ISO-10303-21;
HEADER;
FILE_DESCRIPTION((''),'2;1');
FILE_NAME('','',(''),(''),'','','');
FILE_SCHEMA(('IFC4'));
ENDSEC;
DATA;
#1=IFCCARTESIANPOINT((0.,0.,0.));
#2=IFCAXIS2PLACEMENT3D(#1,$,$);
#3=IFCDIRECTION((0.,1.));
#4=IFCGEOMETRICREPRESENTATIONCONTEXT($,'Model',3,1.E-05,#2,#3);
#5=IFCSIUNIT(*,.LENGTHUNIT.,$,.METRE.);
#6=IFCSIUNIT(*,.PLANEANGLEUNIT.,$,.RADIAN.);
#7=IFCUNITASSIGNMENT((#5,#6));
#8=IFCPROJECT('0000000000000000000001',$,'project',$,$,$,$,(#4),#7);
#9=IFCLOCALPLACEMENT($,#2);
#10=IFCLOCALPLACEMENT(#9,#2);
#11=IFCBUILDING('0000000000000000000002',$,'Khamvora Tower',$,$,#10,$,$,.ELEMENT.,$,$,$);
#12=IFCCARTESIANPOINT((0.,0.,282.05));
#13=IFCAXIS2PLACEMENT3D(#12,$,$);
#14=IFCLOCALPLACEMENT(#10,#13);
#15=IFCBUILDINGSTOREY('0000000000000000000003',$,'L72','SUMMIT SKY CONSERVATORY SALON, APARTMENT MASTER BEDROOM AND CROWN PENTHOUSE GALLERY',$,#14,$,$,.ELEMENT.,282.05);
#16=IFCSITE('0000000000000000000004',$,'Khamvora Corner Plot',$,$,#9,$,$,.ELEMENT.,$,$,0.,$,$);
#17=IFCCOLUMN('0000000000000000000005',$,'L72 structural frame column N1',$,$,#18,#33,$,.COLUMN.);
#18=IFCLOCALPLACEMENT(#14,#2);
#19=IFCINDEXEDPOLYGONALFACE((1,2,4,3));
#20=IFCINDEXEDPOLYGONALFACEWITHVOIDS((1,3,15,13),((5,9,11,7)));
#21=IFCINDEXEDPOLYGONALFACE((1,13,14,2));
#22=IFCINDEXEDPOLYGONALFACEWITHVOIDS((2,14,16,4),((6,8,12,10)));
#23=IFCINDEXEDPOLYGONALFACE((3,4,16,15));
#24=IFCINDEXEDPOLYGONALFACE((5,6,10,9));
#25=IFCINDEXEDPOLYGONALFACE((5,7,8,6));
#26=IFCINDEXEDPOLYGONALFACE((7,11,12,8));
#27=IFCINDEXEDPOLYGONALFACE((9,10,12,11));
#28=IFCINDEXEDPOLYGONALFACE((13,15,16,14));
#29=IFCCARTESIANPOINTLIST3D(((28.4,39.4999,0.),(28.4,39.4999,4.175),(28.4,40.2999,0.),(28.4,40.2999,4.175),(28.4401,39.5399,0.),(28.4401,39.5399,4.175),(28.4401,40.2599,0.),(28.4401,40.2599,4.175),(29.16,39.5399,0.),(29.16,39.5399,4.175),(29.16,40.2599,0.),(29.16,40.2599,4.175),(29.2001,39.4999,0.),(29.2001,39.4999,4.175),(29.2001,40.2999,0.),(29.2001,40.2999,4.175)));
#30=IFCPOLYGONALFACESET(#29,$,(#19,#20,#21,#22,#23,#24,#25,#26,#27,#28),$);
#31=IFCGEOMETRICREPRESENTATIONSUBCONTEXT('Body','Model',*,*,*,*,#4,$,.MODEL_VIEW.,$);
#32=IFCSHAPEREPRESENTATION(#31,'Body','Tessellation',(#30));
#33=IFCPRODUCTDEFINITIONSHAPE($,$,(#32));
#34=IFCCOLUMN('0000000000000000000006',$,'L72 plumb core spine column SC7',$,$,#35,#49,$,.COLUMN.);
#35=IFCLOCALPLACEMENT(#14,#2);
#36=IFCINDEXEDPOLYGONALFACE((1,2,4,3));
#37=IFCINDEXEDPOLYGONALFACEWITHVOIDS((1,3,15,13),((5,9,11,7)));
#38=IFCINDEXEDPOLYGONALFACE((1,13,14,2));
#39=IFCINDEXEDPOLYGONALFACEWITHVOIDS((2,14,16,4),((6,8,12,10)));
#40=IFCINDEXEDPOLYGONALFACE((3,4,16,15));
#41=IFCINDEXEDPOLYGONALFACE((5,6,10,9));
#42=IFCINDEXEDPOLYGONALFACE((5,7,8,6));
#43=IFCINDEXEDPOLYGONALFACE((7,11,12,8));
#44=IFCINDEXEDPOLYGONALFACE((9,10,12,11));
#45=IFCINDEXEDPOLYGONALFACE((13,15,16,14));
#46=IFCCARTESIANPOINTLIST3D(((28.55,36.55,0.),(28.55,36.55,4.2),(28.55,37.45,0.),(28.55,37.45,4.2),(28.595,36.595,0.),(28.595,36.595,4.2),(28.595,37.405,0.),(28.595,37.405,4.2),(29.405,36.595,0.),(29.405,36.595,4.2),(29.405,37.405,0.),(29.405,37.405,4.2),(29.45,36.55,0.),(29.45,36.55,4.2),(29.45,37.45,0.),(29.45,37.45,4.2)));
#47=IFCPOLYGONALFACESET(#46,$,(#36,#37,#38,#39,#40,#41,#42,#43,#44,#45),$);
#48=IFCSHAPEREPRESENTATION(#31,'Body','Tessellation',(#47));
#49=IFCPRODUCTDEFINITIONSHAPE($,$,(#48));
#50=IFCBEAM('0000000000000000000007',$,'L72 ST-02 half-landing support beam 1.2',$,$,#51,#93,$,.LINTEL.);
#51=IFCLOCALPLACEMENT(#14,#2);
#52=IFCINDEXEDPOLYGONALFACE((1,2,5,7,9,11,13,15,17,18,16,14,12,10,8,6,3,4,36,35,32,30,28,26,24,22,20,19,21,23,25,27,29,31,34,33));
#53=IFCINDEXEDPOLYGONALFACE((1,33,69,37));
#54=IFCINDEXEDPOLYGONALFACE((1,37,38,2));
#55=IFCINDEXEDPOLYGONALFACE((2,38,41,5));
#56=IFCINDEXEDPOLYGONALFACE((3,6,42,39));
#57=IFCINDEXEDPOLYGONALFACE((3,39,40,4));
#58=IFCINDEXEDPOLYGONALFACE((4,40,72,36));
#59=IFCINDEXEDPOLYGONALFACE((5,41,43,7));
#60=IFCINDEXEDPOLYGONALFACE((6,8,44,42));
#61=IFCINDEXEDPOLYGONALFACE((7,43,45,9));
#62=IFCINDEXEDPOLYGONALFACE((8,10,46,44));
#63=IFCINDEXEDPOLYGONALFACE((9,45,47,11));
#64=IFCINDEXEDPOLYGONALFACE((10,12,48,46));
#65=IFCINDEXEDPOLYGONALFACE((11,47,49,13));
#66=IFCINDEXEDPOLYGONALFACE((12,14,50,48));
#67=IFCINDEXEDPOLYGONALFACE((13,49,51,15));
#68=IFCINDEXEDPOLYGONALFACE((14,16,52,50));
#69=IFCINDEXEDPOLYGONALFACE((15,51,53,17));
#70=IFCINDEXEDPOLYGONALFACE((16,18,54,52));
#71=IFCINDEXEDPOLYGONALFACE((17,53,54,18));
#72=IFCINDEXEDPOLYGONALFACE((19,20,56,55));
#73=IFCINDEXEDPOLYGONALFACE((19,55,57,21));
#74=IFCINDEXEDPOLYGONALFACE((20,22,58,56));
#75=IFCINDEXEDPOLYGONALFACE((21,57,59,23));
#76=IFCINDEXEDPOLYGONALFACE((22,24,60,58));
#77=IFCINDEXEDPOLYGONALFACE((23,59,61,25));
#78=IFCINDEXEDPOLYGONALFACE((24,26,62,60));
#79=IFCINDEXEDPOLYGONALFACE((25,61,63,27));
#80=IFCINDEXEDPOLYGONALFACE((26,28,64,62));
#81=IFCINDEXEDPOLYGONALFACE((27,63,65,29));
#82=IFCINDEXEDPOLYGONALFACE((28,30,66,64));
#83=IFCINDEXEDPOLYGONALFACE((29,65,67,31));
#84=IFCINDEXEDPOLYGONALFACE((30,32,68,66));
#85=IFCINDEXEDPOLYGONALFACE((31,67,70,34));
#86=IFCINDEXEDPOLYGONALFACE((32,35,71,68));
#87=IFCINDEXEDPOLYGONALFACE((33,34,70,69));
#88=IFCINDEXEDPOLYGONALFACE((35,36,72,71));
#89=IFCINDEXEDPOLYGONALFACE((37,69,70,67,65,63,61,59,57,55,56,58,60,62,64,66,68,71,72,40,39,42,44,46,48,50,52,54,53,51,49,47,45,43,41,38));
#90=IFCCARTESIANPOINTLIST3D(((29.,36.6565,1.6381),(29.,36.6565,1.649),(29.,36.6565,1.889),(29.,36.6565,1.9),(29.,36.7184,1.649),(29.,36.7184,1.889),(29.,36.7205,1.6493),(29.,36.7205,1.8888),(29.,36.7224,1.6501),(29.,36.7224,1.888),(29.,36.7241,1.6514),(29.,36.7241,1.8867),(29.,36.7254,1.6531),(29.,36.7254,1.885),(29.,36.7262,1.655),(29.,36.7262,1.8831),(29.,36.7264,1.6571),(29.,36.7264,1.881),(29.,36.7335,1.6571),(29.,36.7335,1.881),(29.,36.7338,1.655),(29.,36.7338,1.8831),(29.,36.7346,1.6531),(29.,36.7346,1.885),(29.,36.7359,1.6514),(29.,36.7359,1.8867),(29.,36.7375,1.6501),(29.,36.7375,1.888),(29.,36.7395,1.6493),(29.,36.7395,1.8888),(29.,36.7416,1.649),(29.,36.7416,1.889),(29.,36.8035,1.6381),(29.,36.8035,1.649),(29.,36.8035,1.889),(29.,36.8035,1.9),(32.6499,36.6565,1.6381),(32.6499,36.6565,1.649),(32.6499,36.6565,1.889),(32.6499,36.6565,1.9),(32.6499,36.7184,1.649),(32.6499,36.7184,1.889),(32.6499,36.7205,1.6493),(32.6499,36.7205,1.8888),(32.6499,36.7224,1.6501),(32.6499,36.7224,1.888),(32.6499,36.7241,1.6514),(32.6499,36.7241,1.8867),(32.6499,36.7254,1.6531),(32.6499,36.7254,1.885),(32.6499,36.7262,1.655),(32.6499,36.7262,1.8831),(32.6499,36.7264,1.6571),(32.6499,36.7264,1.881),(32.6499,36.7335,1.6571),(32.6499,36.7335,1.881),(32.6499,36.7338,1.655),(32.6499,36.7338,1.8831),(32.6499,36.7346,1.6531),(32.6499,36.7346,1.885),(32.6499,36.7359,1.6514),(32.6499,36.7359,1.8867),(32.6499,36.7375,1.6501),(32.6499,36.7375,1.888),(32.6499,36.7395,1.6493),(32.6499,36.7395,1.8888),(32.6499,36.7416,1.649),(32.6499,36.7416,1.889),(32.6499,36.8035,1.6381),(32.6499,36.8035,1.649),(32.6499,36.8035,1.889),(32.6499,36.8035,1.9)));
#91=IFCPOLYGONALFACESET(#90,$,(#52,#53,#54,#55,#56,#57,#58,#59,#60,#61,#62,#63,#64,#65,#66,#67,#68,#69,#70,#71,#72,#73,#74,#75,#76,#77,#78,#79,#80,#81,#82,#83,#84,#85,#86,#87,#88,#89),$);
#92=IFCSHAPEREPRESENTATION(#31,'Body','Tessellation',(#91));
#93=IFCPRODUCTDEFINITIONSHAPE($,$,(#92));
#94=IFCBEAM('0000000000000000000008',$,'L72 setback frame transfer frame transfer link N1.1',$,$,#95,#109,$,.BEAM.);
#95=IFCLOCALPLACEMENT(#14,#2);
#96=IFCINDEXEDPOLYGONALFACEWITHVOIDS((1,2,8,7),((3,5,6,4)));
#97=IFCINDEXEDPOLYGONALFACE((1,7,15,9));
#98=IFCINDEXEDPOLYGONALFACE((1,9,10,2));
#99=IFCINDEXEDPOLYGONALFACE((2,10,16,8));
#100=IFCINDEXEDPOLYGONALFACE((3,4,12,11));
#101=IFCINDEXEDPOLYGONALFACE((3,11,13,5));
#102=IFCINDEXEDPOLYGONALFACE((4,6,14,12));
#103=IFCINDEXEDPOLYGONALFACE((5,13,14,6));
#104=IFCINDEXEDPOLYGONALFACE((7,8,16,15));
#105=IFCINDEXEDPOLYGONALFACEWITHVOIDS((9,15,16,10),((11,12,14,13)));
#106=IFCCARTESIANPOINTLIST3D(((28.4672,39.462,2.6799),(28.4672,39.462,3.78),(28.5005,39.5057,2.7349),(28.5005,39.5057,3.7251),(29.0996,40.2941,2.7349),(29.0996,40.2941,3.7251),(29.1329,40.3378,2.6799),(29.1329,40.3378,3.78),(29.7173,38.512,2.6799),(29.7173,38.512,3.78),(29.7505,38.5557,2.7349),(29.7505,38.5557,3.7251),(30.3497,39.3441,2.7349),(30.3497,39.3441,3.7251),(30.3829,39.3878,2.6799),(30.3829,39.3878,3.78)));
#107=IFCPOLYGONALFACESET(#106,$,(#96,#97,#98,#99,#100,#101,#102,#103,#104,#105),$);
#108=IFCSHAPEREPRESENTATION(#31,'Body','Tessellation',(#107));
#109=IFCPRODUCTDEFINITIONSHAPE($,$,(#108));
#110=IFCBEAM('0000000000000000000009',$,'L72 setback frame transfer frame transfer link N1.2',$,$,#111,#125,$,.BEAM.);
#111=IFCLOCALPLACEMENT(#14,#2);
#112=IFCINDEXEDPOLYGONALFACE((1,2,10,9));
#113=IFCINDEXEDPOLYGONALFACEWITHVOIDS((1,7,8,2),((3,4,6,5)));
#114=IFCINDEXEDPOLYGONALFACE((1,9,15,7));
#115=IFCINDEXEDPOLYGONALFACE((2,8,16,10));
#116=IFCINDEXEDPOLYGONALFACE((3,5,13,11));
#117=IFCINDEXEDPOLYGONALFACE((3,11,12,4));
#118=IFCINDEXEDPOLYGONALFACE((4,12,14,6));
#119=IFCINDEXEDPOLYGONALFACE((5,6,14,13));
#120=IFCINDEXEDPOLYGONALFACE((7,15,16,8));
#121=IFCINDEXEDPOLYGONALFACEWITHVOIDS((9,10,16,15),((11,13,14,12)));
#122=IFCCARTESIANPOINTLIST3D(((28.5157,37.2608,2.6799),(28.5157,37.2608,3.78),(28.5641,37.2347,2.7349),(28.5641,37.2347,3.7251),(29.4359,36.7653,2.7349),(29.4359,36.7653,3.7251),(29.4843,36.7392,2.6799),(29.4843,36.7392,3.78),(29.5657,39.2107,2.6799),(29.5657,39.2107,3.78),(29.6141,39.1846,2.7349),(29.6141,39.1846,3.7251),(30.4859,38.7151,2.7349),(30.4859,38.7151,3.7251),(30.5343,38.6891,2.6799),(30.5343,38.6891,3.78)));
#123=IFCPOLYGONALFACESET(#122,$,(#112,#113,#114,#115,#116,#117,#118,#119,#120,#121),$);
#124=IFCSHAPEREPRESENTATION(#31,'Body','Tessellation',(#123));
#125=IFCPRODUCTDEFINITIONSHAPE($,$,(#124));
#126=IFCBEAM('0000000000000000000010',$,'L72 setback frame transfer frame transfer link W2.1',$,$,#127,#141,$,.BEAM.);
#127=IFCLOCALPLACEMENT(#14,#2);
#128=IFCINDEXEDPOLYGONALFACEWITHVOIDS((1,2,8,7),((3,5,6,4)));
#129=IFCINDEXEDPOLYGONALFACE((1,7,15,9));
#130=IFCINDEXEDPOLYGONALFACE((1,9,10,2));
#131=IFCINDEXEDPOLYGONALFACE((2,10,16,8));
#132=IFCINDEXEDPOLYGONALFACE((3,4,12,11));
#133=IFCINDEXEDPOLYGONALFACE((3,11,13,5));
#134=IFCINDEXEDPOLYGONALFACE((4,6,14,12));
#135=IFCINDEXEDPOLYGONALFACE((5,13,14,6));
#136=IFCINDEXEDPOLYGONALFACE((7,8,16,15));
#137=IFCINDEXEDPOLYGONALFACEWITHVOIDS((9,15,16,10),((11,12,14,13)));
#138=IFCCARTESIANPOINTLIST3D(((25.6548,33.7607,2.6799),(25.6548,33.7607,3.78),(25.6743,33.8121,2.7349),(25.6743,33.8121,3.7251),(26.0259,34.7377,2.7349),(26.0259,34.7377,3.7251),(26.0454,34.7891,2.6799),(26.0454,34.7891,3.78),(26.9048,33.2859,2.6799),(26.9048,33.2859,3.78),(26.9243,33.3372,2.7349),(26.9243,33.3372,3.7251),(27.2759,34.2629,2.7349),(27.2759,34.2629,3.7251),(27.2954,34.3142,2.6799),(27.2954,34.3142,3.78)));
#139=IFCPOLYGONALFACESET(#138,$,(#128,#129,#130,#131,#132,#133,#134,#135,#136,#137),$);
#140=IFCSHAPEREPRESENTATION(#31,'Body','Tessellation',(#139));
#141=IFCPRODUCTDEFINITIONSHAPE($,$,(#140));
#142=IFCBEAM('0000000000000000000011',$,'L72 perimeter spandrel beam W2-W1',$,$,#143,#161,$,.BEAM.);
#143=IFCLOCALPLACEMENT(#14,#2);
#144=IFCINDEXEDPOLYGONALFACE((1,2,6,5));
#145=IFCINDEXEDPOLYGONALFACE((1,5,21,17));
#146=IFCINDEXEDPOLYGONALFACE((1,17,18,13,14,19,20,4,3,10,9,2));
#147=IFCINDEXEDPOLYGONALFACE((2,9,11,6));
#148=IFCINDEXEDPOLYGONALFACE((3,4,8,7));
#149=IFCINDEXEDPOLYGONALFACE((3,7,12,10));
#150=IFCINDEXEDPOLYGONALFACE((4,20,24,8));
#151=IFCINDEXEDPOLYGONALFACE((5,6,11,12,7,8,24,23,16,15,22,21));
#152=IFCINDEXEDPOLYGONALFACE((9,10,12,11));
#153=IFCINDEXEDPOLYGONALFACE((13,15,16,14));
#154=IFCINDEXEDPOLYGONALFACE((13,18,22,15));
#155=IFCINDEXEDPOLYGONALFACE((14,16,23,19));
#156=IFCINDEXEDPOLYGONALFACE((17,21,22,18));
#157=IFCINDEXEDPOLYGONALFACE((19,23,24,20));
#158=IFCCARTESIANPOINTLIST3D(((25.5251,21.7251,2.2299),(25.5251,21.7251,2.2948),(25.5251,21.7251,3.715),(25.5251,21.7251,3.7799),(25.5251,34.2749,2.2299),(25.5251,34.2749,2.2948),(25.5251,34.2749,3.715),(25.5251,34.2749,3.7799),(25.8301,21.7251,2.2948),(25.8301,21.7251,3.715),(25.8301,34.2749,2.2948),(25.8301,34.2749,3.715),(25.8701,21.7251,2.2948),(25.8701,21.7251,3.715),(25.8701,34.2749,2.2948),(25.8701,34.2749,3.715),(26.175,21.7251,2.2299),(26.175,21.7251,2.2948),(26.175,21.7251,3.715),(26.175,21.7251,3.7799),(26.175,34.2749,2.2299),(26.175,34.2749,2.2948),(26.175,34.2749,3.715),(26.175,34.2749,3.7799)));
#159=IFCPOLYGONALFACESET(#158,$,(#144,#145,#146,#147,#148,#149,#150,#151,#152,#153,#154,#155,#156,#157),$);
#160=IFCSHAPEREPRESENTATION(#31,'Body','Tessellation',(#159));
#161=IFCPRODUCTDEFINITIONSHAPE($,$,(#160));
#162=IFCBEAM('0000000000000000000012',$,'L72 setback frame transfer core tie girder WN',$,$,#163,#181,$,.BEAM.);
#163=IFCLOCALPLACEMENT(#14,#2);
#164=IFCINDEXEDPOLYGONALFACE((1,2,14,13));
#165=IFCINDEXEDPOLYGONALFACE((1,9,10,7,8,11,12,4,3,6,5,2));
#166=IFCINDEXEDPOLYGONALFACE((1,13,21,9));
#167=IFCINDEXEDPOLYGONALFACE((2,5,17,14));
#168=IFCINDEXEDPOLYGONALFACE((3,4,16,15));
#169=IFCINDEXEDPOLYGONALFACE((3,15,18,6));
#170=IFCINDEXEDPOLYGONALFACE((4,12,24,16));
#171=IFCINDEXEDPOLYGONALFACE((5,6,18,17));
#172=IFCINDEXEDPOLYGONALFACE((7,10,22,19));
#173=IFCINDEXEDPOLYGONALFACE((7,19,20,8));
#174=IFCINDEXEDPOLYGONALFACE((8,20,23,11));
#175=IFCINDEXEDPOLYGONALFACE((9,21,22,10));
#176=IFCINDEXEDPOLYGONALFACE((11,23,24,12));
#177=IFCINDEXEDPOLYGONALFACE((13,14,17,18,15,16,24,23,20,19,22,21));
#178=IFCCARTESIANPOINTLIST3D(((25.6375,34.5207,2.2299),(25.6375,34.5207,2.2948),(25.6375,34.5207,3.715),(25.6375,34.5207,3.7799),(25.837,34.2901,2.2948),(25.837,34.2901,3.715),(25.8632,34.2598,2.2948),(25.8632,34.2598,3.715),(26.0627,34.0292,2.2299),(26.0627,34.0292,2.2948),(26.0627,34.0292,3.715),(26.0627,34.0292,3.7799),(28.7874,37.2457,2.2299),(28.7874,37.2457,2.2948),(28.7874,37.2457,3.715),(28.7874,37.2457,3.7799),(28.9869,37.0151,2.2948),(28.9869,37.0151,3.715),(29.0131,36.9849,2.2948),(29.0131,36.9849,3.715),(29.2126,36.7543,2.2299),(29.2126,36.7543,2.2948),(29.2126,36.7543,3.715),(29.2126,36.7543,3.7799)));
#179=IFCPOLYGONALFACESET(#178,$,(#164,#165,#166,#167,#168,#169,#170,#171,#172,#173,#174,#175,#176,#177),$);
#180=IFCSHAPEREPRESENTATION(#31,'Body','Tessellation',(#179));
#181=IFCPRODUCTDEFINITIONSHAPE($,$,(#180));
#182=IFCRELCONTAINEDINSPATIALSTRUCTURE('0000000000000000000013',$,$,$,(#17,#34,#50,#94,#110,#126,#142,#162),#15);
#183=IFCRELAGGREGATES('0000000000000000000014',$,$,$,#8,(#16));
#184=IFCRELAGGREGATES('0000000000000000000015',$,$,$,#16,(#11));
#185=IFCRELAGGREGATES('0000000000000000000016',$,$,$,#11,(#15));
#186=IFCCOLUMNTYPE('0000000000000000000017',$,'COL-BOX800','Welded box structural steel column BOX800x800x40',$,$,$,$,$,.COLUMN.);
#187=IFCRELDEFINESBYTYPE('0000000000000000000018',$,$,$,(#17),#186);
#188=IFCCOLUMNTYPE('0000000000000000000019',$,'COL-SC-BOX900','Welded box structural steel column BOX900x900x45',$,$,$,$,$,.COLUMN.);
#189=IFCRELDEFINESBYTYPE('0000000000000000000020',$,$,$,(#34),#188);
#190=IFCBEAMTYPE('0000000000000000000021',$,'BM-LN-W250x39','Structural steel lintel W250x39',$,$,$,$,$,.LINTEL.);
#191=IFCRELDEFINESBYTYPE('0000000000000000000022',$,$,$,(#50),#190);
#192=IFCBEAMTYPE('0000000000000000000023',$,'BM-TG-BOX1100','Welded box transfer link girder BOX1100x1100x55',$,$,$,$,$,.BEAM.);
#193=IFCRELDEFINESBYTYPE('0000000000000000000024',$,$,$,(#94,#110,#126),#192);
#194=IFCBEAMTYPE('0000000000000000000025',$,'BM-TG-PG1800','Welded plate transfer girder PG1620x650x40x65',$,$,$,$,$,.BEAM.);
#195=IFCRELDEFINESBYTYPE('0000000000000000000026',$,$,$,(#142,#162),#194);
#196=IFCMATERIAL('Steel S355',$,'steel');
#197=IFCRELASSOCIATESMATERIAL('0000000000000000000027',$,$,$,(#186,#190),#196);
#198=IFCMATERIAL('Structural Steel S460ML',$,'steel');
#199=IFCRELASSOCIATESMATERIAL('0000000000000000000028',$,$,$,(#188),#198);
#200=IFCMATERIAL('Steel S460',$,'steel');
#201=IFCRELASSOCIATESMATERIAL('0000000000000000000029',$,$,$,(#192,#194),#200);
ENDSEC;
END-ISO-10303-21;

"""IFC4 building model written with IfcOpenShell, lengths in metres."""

from ifc_helpers import new_model, si_unit, direction, frame, origin, origin_2d, place, context, subcontext, project, spatial, hollow_rectangle, i_section, extrude, material, material_profile, profile_set, type_object, element, save


model = new_model("IFC4")

# Units and contexts
model_context = context("Model", 3, precision=1e-05, world=origin(), true_north=direction((0.0, 1.0)))
body_context = subcontext(model_context, "Body", "Model", "MODEL_VIEW")
ifc_project = project(units=[si_unit("LENGTHUNIT", "METRE"), si_unit("PLANEANGLEUNIT", "RADIAN")], contexts=[model_context])

# Site, building, storey
site_placement = place(None, origin())
site = spatial("IfcSite", under=ifc_project, at=site_placement, Name="Khamvora Corner Plot", CompositionType="ELEMENT", RefElevation=0.0)
building_placement = place(site_placement, origin())
building = spatial("IfcBuilding", under=site, at=building_placement, Name="Khamvora Tower", CompositionType="ELEMENT")
storey_placement = place(building_placement, frame((0.0, 0.0, 282.05)))
storey = spatial("IfcBuildingStorey", under=building, at=storey_placement, Name="L72", Description="SUMMIT SKY CONSERVATORY SALON, APARTMENT MASTER BEDROOM AND CROWN PENTHOUSE GALLERY", CompositionType="ELEMENT", Elevation=282.05)

# Columns
ifc_material_1 = material(Name="Steel S355", Category="steel")
ifc_material_profile_1 = material_profile(ifc_material_1, hollow_rectangle(XDim=0.8, YDim=0.8, WallThickness=0.04, at=origin_2d()), Name="BOX800x800x40")
ifc_profile_set_1 = profile_set([ifc_material_profile_1], Name="Steel S355")
column_type_1 = type_object("IfcColumnType", Name="COL-BOX800", Description="Welded box structural steel column BOX800x800x40", PredefinedType="COLUMN", material=ifc_profile_set_1)
column_1_placement = place(storey_placement, frame((28.8, 39.8999, 0.0), z_axis=(0.0, 0.0, 1.0), x_axis=(1.0, 0.0, 0.0)))
element("IfcColumn", 1, at=column_1_placement, inside=storey, type_object=column_type_1, Name="L72 structural frame column N1", PredefinedType="COLUMN", context=body_context, shape_type="SweptSolid", body=[
    extrude(hollow_rectangle(XDim=0.8, YDim=0.8, WallThickness=0.04, at=origin_2d()), origin(), (0.0, 0.0, 1.0), 4.175),
])
ifc_material_2 = material(Name="Structural Steel S460ML", Category="steel")
ifc_material_profile_2 = material_profile(ifc_material_2, hollow_rectangle(XDim=0.8999, YDim=0.8999, WallThickness=0.0449, at=origin_2d()), Name="BOX900x900x45")
ifc_profile_set_2 = profile_set([ifc_material_profile_2], Name="Structural Steel S460ML")
column_type_2 = type_object("IfcColumnType", Name="COL-SC-BOX900", Description="Welded box structural steel column BOX900x900x45", PredefinedType="COLUMN", material=ifc_profile_set_2)
column_2_placement = place(storey_placement, frame((29.0, 37.0, 0.0), z_axis=(0.0, 0.0, 1.0), x_axis=(1.0, 0.0, 0.0)))
element("IfcColumn", 2, at=column_2_placement, inside=storey, type_object=column_type_2, Name="L72 plumb core spine column SC7", PredefinedType="COLUMN", context=body_context, shape_type="SweptSolid", body=[
    extrude(hollow_rectangle(XDim=0.8999, YDim=0.8999, WallThickness=0.0449, at=origin_2d()), origin(), (0.0, 0.0, 1.0), 4.2),
])

# Beams
ifc_material_profile_3 = material_profile(ifc_material_1, i_section(OverallWidth=0.147, OverallDepth=0.262, WebThickness=0.0071, FlangeThickness=0.011, FilletRadius=0.0081, at=origin_2d()), Name="W250x39")
ifc_profile_set_3 = profile_set([ifc_material_profile_3], Name="Steel S355")
beam_type_1 = type_object("IfcBeamType", Name="BM-LN-W250x39", Description="Structural steel lintel W250x39", PredefinedType="LINTEL", material=ifc_profile_set_3)
beam_1_placement = place(storey_placement, frame((29.0, 36.73, 1.769), z_axis=(1.0, 0.0, 0.0), x_axis=(0.0, 1.0, 0.0)))
element("IfcBeam", 3, at=beam_1_placement, inside=storey, type_object=beam_type_1, Name="L72 ST-02 half-landing support beam 1.2", PredefinedType="LINTEL", context=body_context, shape_type="SweptSolid", body=[
    extrude(i_section(OverallWidth=0.147, OverallDepth=0.262, WebThickness=0.0071, FlangeThickness=0.011, FilletRadius=0.0081, at=origin_2d()), origin(), (0.0, 0.0, 1.0), 3.6499),
])
ifc_material_3 = material(Name="Steel S460", Category="steel")
ifc_material_profile_4 = material_profile(ifc_material_3, hollow_rectangle(XDim=1.1001, YDim=1.1001, WallThickness=0.0549, at=origin_2d()), Name="BOX1100x1100x55")
ifc_profile_set_4 = profile_set([ifc_material_profile_4], Name="Steel S460")
beam_type_2 = type_object("IfcBeamType", Name="BM-TG-BOX1100", Description="Welded box transfer link girder BOX1100x1100x55", PredefinedType="BEAM", material=ifc_profile_set_4)
beam_2_placement = place(storey_placement, frame((28.8, 39.8999, 3.23), z_axis=(0.796177, -0.605064, 0.0), x_axis=(0.605064, 0.796177, 0.0)))
element("IfcBeam", 4, at=beam_2_placement, inside=storey, type_object=beam_type_2, Name="L72 setback frame transfer frame transfer link N1.1", PredefinedType="BEAM", context=body_context, shape_type="SweptSolid", body=[
    extrude(hollow_rectangle(XDim=1.1001, YDim=1.1001, WallThickness=0.0549, at=origin_2d()), origin(), (0.0, 0.0, 1.0), 1.5701),
])
beam_3_placement = place(storey_placement, frame((29.0, 37.0, 3.23), z_axis=(0.474126, 0.880457, 0.0), x_axis=(-0.880457, 0.474126, 0.0)))
element("IfcBeam", 5, at=beam_3_placement, inside=storey, type_object=beam_type_2, Name="L72 setback frame transfer frame transfer link N1.2", PredefinedType="BEAM", context=body_context, shape_type="SweptSolid", body=[
    extrude(hollow_rectangle(XDim=1.1001, YDim=1.1001, WallThickness=0.0549, at=origin_2d()), origin(), (0.0, 0.0, 1.0), 2.2146),
])
beam_4_placement = place(storey_placement, frame((25.8501, 34.2749, 3.23), z_axis=(0.93482, -0.355122, 0.0), x_axis=(0.355122, 0.93482, 0.0)))
element("IfcBeam", 6, at=beam_4_placement, inside=storey, type_object=beam_type_2, Name="L72 setback frame transfer frame transfer link W2.1", PredefinedType="BEAM", context=body_context, shape_type="SweptSolid", body=[
    extrude(hollow_rectangle(XDim=1.1001, YDim=1.1001, WallThickness=0.0549, at=origin_2d()), origin(), (0.0, 0.0, 1.0), 1.3372),
])
ifc_material_profile_5 = material_profile(ifc_material_3, i_section(OverallWidth=0.6499, OverallDepth=1.55, WebThickness=0.04, FlangeThickness=0.0649, at=origin_2d()), Name="PG1550x650x40x65")
ifc_profile_set_5 = profile_set([ifc_material_profile_5], Name="Steel S460")
beam_type_3 = type_object("IfcBeamType", Name="BM-TG-PG1800", Description="Welded plate transfer girder PG1620x650x40x65", PredefinedType="BEAM", material=ifc_profile_set_5)
beam_5_placement = place(storey_placement, frame((25.8501, 34.2749, 3.0049), z_axis=(0.0, -1.0, 0.0), x_axis=(1.0, 0.0, 0.0)))
element("IfcBeam", 7, at=beam_5_placement, inside=storey, type_object=beam_type_3, Name="L72 perimeter spandrel beam W2-W1", PredefinedType="BEAM", context=body_context, shape_type="SweptSolid", body=[
    extrude(i_section(OverallWidth=0.6499, OverallDepth=1.55, WebThickness=0.04, FlangeThickness=0.0649, at=origin_2d()), origin(), (0.0, 0.0, 1.0), 12.5498),
])
beam_6_placement = place(storey_placement, frame((29.0, 37.0, 3.0049), z_axis=(-0.756261, -0.65427, 0.0), x_axis=(0.65427, -0.756261, 0.0)))
element("IfcBeam", 8, at=beam_6_placement, inside=storey, type_object=beam_type_3, Name="L72 setback frame transfer core tie girder WN", PredefinedType="BEAM", context=body_context, shape_type="SweptSolid", body=[
    extrude(i_section(OverallWidth=0.6499, OverallDepth=1.55, WebThickness=0.04, FlangeThickness=0.0649, at=origin_2d()), origin(), (0.0, 0.0, 1.0), 4.165),
])

save(model, "model.ifc")
